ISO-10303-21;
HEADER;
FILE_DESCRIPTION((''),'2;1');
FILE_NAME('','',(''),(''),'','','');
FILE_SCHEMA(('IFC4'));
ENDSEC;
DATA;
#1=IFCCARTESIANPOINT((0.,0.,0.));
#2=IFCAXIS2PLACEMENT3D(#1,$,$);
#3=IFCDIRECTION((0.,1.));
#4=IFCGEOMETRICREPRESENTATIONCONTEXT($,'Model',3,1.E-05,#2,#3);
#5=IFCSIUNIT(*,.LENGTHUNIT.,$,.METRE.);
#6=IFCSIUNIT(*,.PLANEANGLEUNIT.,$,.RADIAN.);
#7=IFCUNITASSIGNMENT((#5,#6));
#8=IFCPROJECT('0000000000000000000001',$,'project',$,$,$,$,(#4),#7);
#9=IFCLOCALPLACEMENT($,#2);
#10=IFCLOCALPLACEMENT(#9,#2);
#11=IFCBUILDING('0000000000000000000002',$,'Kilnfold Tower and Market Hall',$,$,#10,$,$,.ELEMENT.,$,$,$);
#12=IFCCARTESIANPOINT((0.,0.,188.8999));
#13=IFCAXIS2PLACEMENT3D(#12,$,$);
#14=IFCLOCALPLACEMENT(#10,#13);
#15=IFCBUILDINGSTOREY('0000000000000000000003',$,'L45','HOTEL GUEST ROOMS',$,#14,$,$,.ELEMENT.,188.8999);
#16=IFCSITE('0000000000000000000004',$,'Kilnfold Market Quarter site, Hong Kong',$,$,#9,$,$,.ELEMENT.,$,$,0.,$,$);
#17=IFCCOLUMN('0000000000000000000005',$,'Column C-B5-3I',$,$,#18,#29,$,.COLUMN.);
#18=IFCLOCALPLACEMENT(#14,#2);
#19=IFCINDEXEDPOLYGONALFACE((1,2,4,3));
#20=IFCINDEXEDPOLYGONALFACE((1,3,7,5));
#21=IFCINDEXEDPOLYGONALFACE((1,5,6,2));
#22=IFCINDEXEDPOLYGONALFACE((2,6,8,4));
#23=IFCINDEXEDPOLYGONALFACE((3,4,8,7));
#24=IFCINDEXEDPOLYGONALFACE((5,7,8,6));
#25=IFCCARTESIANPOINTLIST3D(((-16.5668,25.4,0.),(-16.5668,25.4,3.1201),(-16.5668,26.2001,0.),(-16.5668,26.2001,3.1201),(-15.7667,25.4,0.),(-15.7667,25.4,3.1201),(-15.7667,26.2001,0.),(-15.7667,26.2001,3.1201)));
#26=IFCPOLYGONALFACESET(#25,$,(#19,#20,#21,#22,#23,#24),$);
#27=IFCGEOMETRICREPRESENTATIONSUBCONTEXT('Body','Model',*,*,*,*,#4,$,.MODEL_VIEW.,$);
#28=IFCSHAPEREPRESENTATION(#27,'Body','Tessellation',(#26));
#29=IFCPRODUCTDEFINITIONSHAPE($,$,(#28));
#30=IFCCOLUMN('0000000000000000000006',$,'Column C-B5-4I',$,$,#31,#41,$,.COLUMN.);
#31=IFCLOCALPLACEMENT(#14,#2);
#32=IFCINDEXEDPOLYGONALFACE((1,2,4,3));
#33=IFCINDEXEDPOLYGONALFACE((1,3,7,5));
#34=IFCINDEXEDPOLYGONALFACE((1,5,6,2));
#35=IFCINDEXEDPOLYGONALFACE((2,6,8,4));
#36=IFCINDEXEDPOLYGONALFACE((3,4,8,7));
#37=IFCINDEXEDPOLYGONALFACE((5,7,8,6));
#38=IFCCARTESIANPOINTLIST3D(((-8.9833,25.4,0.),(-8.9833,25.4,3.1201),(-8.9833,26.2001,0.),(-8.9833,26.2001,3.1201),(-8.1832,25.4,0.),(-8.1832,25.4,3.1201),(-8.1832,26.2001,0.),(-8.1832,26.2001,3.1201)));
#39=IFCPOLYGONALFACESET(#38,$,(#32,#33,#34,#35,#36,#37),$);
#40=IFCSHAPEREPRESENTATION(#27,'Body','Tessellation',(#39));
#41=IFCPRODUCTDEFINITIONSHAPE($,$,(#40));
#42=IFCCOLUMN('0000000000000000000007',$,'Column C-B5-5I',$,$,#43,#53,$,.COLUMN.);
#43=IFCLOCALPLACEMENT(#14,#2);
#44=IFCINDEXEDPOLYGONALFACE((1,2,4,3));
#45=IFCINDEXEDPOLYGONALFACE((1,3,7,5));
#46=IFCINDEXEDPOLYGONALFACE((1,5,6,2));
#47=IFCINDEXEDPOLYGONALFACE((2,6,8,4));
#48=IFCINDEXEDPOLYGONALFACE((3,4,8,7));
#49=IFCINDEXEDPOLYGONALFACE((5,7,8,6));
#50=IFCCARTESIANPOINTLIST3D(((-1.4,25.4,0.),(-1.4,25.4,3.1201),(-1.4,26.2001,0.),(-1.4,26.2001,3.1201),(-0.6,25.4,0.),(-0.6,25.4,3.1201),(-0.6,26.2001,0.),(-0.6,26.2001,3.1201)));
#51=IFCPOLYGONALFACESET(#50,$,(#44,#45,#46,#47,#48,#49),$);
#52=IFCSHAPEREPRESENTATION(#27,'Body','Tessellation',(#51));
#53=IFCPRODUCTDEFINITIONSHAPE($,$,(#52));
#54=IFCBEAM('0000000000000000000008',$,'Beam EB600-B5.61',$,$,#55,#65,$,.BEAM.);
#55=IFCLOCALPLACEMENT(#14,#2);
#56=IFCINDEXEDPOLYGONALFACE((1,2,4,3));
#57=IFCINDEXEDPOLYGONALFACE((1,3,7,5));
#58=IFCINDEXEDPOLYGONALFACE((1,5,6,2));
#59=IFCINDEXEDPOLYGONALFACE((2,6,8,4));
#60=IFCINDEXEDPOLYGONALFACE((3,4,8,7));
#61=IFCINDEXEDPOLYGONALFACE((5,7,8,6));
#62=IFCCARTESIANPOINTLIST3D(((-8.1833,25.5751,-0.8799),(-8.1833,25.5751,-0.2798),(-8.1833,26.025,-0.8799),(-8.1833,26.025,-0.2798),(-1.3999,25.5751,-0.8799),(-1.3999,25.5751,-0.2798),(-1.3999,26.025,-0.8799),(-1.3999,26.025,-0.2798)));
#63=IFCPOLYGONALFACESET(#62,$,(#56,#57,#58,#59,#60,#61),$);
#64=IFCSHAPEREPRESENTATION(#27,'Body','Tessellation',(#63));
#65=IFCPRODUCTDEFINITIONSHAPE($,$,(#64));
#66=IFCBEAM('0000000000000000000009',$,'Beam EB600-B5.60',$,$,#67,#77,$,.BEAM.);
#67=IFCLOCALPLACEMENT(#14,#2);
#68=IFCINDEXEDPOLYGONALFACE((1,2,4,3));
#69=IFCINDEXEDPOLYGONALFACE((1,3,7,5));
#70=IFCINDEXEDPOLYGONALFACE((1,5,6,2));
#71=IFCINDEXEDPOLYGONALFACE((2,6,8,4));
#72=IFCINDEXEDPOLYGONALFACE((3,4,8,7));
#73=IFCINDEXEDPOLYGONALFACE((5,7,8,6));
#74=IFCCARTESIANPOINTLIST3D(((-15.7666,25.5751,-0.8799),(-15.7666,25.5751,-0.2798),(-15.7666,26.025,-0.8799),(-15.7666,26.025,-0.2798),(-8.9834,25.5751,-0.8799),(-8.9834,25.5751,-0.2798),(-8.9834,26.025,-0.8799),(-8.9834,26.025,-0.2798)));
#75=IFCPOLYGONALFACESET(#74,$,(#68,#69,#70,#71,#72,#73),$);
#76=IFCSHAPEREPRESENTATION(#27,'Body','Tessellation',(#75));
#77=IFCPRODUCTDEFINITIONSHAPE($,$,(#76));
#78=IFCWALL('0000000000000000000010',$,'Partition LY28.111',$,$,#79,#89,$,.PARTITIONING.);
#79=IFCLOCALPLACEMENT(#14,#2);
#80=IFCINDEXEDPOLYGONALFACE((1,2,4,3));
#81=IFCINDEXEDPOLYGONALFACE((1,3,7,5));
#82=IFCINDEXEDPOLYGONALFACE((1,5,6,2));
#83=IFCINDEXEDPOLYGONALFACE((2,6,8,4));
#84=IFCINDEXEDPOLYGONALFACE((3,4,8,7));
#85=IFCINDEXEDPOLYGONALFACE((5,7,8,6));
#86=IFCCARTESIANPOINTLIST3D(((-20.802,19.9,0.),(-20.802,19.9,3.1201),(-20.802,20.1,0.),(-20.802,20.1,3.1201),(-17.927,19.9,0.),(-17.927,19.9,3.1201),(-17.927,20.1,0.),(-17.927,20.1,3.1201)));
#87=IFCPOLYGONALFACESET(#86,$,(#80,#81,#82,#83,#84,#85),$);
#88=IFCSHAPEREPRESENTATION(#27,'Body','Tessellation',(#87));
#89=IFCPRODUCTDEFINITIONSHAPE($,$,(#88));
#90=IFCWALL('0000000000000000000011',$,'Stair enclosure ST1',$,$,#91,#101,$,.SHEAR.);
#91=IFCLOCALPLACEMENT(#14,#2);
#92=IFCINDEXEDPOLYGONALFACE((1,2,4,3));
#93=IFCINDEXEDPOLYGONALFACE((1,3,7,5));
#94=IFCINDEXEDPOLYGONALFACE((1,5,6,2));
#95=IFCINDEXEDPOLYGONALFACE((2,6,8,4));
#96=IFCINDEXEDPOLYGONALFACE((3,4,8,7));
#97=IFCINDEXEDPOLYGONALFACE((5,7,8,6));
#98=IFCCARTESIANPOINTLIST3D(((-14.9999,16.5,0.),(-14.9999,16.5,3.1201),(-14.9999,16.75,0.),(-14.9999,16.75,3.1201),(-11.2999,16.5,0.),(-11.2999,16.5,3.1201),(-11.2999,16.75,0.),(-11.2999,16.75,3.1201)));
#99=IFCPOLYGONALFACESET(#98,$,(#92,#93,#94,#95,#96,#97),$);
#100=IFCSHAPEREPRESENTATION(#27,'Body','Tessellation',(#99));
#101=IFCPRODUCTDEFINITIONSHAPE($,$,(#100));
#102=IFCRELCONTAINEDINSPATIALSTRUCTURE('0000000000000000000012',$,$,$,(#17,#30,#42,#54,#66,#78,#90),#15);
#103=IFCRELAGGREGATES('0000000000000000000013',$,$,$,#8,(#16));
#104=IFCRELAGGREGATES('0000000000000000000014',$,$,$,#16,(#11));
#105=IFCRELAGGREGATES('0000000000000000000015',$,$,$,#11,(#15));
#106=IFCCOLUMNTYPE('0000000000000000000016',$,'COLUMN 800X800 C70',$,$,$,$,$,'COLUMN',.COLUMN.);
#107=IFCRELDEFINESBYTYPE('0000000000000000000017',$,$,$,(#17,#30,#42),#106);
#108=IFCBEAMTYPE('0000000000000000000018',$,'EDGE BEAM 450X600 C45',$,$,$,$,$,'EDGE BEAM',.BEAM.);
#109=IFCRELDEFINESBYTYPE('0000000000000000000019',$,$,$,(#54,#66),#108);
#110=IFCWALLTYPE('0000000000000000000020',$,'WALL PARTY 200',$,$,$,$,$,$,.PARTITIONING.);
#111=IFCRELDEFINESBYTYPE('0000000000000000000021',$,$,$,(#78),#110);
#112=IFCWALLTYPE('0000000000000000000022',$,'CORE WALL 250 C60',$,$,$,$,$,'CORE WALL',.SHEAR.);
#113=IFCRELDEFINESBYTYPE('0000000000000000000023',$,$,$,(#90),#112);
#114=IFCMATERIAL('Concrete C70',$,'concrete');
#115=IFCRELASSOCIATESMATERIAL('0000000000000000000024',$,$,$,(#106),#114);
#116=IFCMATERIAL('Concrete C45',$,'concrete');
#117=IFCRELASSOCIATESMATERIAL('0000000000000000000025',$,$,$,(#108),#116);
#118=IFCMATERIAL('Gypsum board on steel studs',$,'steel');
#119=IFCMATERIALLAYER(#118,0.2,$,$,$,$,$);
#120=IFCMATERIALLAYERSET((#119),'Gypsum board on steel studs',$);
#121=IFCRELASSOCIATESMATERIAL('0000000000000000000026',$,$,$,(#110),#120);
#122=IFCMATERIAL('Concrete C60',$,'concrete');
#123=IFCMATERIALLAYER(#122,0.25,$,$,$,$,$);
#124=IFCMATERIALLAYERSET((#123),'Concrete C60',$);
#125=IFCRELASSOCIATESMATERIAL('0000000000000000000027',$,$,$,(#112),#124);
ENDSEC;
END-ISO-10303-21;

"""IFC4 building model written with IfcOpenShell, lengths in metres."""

from ifc_helpers import new_model, si_unit, direction, frame, frame_2d, origin, origin_2d, place, context, subcontext, project, spatial, rectangle, extrude, source, transform, mapped, material, layer, layer_set, material_profile, profile_set, type_object, element, save


model = new_model("IFC4")

# Units and contexts
model_context = context("Model", 3, precision=1e-05, world=origin(), true_north=direction((0.0, 1.0)))
body_context = subcontext(model_context, "Body", "Model", "MODEL_VIEW")
ifc_project = project(units=[si_unit("LENGTHUNIT", "METRE"), si_unit("PLANEANGLEUNIT", "RADIAN")], contexts=[model_context])

# Site, building, storey
site_placement = place(None, origin())
site = spatial("IfcSite", under=ifc_project, at=site_placement, Name="Kilnfold Market Quarter site, Hong Kong", CompositionType="ELEMENT", RefElevation=0.0)
building_placement = place(site_placement, origin())
building = spatial("IfcBuilding", under=site, at=building_placement, Name="Kilnfold Tower and Market Hall", CompositionType="ELEMENT")
storey_placement = place(building_placement, frame((0.0, 0.0, 188.8999)))
storey = spatial("IfcBuildingStorey", under=building, at=storey_placement, Name="L45", Description="HOTEL GUEST ROOMS", CompositionType="ELEMENT", Elevation=188.8999)

# Columns
ifc_material_1 = material(Name="Concrete C70", Category="concrete")
ifc_material_profile_1 = material_profile(ifc_material_1, rectangle(XDim=0.8, YDim=0.8, at=origin_2d()), Name="RC 800x800")
ifc_profile_set_1 = profile_set([ifc_material_profile_1], Name="Concrete C70")
column_type = type_object("IfcColumnType", Name="COLUMN 800X800 C70", ElementType="COLUMN", PredefinedType="COLUMN", material=ifc_profile_set_1)
shared_shape_1 = source(origin(), body_context, "Body", "SweptSolid", [
    extrude(rectangle(XDim=0.8, YDim=0.8, at=origin_2d()), origin(), (0.0, 0.0, 1.0), 3.1201),
])
for number, where, z_axis, x_axis, name in (
    (1, (-16.1667, 25.8, 0.0), (0.0, 0.0, 1.0), (1.0, 0.0, 0.0), "Column C-B5-3I"),
    (2, (-8.5833, 25.8, 0.0), (0.0, 0.0, 1.0), (1.0, 0.0, 0.0), "Column C-B5-4I"),
    (3, (-1.0, 25.8, 0.0), (0.0, 0.0, 1.0), (1.0, 0.0, 0.0), "Column C-B5-5I"),
):
    element("IfcColumn", number, at=place(storey_placement, frame(where, z_axis=z_axis, x_axis=x_axis)), inside=storey, type_object=column_type, Name=name, PredefinedType="COLUMN", context=body_context, shape_type="MappedRepresentation", body=[
        mapped(shared_shape_1, transform((0.0, 0.0, 0.0))),
    ])

# Beams
ifc_material_2 = material(Name="Concrete C45", Category="concrete")
ifc_material_profile_2 = material_profile(ifc_material_2, rectangle(XDim=0.45, YDim=0.6001, at=origin_2d()), Name="RC 450x600")
ifc_profile_set_2 = profile_set([ifc_material_profile_2], Name="Concrete C45")
beam_type = type_object("IfcBeamType", Name="EDGE BEAM 450X600 C45", ElementType="EDGE BEAM", PredefinedType="BEAM", material=ifc_profile_set_2)
shared_shape_2 = source(origin(), body_context, "Body", "SweptSolid", [
    extrude(rectangle(XDim=0.45, YDim=0.6001, at=origin_2d()), origin(), (0.0, 0.0, 1.0), 6.7834),
])
beam_1_placement = place(storey_placement, frame((-8.1833, 25.8, -0.5798), z_axis=(1.0, 0.0, 0.0), x_axis=(0.0, 1.0, 0.0)))
element("IfcBeam", 4, at=beam_1_placement, inside=storey, type_object=beam_type, Name="Beam EB600-B5.61", PredefinedType="BEAM", context=body_context, shape_type="MappedRepresentation", body=[
    mapped(shared_shape_2, transform((0.0, 0.0, 0.0))),
])
shared_shape_3 = source(origin(), body_context, "Body", "SweptSolid", [
    extrude(rectangle(XDim=0.45, YDim=0.6001, at=origin_2d()), origin(), (0.0, 0.0, 1.0), 6.7832),
])
beam_2_placement = place(storey_placement, frame((-15.7666, 25.8, -0.5798), z_axis=(1.0, 0.0, 0.0), x_axis=(0.0, 1.0, 0.0)))
element("IfcBeam", 5, at=beam_2_placement, inside=storey, type_object=beam_type, Name="Beam EB600-B5.60", PredefinedType="BEAM", context=body_context, shape_type="MappedRepresentation", body=[
    mapped(shared_shape_3, transform((0.0, 0.0, 0.0))),
])

# Walls
ifc_material_3 = material(Name="Gypsum board on steel studs", Category="steel")
ifc_layer_1 = layer(ifc_material_3, 0.2)
ifc_layer_set_1 = layer_set([ifc_layer_1], Name="Gypsum board on steel studs")
wall_type_1 = type_object("IfcWallType", Name="WALL PARTY 200", PredefinedType="PARTITIONING", material=ifc_layer_set_1)
wall_1_placement = place(storey_placement, frame((-17.927, 20.0, 0.0), z_axis=(0.0, 0.0, 1.0), x_axis=(-1.0, 0.0, 0.0)))
element("IfcWall", 6, at=wall_1_placement, inside=storey, type_object=wall_type_1, Name="Partition LY28.111", PredefinedType="PARTITIONING", context=body_context, shape_type="SweptSolid", body=[
    extrude(rectangle(XDim=2.875, YDim=0.2, at=frame_2d((1.4375, 0.0))), origin(), (0.0, 0.0, 1.0), 3.1201),
])
ifc_material_4 = material(Name="Concrete C60", Category="concrete")
ifc_layer_2 = layer(ifc_material_4, 0.25)
ifc_layer_set_2 = layer_set([ifc_layer_2], Name="Concrete C60")
wall_type_2 = type_object("IfcWallType", Name="CORE WALL 250 C60", ElementType="CORE WALL", PredefinedType="SHEAR", material=ifc_layer_set_2)
shared_shape_4 = source(origin(), body_context, "Body", "SweptSolid", [
    extrude(rectangle(XDim=3.7, YDim=0.25, at=frame_2d((1.8501, 0.0))), origin(), (0.0, 0.0, 1.0), 3.1201),
])
wall_2_placement = place(storey_placement, frame((-15.0, 16.625, 0.0), z_axis=(0.0, 0.0, 1.0), x_axis=(1.0, 0.0, 0.0)))
element("IfcWall", 7, at=wall_2_placement, inside=storey, type_object=wall_type_2, Name="Stair enclosure ST1", PredefinedType="SHEAR", context=body_context, shape_type="MappedRepresentation", body=[
    mapped(shared_shape_4, transform((0.0, 0.0, 0.0))),
])

save(model, "model.ifc")
